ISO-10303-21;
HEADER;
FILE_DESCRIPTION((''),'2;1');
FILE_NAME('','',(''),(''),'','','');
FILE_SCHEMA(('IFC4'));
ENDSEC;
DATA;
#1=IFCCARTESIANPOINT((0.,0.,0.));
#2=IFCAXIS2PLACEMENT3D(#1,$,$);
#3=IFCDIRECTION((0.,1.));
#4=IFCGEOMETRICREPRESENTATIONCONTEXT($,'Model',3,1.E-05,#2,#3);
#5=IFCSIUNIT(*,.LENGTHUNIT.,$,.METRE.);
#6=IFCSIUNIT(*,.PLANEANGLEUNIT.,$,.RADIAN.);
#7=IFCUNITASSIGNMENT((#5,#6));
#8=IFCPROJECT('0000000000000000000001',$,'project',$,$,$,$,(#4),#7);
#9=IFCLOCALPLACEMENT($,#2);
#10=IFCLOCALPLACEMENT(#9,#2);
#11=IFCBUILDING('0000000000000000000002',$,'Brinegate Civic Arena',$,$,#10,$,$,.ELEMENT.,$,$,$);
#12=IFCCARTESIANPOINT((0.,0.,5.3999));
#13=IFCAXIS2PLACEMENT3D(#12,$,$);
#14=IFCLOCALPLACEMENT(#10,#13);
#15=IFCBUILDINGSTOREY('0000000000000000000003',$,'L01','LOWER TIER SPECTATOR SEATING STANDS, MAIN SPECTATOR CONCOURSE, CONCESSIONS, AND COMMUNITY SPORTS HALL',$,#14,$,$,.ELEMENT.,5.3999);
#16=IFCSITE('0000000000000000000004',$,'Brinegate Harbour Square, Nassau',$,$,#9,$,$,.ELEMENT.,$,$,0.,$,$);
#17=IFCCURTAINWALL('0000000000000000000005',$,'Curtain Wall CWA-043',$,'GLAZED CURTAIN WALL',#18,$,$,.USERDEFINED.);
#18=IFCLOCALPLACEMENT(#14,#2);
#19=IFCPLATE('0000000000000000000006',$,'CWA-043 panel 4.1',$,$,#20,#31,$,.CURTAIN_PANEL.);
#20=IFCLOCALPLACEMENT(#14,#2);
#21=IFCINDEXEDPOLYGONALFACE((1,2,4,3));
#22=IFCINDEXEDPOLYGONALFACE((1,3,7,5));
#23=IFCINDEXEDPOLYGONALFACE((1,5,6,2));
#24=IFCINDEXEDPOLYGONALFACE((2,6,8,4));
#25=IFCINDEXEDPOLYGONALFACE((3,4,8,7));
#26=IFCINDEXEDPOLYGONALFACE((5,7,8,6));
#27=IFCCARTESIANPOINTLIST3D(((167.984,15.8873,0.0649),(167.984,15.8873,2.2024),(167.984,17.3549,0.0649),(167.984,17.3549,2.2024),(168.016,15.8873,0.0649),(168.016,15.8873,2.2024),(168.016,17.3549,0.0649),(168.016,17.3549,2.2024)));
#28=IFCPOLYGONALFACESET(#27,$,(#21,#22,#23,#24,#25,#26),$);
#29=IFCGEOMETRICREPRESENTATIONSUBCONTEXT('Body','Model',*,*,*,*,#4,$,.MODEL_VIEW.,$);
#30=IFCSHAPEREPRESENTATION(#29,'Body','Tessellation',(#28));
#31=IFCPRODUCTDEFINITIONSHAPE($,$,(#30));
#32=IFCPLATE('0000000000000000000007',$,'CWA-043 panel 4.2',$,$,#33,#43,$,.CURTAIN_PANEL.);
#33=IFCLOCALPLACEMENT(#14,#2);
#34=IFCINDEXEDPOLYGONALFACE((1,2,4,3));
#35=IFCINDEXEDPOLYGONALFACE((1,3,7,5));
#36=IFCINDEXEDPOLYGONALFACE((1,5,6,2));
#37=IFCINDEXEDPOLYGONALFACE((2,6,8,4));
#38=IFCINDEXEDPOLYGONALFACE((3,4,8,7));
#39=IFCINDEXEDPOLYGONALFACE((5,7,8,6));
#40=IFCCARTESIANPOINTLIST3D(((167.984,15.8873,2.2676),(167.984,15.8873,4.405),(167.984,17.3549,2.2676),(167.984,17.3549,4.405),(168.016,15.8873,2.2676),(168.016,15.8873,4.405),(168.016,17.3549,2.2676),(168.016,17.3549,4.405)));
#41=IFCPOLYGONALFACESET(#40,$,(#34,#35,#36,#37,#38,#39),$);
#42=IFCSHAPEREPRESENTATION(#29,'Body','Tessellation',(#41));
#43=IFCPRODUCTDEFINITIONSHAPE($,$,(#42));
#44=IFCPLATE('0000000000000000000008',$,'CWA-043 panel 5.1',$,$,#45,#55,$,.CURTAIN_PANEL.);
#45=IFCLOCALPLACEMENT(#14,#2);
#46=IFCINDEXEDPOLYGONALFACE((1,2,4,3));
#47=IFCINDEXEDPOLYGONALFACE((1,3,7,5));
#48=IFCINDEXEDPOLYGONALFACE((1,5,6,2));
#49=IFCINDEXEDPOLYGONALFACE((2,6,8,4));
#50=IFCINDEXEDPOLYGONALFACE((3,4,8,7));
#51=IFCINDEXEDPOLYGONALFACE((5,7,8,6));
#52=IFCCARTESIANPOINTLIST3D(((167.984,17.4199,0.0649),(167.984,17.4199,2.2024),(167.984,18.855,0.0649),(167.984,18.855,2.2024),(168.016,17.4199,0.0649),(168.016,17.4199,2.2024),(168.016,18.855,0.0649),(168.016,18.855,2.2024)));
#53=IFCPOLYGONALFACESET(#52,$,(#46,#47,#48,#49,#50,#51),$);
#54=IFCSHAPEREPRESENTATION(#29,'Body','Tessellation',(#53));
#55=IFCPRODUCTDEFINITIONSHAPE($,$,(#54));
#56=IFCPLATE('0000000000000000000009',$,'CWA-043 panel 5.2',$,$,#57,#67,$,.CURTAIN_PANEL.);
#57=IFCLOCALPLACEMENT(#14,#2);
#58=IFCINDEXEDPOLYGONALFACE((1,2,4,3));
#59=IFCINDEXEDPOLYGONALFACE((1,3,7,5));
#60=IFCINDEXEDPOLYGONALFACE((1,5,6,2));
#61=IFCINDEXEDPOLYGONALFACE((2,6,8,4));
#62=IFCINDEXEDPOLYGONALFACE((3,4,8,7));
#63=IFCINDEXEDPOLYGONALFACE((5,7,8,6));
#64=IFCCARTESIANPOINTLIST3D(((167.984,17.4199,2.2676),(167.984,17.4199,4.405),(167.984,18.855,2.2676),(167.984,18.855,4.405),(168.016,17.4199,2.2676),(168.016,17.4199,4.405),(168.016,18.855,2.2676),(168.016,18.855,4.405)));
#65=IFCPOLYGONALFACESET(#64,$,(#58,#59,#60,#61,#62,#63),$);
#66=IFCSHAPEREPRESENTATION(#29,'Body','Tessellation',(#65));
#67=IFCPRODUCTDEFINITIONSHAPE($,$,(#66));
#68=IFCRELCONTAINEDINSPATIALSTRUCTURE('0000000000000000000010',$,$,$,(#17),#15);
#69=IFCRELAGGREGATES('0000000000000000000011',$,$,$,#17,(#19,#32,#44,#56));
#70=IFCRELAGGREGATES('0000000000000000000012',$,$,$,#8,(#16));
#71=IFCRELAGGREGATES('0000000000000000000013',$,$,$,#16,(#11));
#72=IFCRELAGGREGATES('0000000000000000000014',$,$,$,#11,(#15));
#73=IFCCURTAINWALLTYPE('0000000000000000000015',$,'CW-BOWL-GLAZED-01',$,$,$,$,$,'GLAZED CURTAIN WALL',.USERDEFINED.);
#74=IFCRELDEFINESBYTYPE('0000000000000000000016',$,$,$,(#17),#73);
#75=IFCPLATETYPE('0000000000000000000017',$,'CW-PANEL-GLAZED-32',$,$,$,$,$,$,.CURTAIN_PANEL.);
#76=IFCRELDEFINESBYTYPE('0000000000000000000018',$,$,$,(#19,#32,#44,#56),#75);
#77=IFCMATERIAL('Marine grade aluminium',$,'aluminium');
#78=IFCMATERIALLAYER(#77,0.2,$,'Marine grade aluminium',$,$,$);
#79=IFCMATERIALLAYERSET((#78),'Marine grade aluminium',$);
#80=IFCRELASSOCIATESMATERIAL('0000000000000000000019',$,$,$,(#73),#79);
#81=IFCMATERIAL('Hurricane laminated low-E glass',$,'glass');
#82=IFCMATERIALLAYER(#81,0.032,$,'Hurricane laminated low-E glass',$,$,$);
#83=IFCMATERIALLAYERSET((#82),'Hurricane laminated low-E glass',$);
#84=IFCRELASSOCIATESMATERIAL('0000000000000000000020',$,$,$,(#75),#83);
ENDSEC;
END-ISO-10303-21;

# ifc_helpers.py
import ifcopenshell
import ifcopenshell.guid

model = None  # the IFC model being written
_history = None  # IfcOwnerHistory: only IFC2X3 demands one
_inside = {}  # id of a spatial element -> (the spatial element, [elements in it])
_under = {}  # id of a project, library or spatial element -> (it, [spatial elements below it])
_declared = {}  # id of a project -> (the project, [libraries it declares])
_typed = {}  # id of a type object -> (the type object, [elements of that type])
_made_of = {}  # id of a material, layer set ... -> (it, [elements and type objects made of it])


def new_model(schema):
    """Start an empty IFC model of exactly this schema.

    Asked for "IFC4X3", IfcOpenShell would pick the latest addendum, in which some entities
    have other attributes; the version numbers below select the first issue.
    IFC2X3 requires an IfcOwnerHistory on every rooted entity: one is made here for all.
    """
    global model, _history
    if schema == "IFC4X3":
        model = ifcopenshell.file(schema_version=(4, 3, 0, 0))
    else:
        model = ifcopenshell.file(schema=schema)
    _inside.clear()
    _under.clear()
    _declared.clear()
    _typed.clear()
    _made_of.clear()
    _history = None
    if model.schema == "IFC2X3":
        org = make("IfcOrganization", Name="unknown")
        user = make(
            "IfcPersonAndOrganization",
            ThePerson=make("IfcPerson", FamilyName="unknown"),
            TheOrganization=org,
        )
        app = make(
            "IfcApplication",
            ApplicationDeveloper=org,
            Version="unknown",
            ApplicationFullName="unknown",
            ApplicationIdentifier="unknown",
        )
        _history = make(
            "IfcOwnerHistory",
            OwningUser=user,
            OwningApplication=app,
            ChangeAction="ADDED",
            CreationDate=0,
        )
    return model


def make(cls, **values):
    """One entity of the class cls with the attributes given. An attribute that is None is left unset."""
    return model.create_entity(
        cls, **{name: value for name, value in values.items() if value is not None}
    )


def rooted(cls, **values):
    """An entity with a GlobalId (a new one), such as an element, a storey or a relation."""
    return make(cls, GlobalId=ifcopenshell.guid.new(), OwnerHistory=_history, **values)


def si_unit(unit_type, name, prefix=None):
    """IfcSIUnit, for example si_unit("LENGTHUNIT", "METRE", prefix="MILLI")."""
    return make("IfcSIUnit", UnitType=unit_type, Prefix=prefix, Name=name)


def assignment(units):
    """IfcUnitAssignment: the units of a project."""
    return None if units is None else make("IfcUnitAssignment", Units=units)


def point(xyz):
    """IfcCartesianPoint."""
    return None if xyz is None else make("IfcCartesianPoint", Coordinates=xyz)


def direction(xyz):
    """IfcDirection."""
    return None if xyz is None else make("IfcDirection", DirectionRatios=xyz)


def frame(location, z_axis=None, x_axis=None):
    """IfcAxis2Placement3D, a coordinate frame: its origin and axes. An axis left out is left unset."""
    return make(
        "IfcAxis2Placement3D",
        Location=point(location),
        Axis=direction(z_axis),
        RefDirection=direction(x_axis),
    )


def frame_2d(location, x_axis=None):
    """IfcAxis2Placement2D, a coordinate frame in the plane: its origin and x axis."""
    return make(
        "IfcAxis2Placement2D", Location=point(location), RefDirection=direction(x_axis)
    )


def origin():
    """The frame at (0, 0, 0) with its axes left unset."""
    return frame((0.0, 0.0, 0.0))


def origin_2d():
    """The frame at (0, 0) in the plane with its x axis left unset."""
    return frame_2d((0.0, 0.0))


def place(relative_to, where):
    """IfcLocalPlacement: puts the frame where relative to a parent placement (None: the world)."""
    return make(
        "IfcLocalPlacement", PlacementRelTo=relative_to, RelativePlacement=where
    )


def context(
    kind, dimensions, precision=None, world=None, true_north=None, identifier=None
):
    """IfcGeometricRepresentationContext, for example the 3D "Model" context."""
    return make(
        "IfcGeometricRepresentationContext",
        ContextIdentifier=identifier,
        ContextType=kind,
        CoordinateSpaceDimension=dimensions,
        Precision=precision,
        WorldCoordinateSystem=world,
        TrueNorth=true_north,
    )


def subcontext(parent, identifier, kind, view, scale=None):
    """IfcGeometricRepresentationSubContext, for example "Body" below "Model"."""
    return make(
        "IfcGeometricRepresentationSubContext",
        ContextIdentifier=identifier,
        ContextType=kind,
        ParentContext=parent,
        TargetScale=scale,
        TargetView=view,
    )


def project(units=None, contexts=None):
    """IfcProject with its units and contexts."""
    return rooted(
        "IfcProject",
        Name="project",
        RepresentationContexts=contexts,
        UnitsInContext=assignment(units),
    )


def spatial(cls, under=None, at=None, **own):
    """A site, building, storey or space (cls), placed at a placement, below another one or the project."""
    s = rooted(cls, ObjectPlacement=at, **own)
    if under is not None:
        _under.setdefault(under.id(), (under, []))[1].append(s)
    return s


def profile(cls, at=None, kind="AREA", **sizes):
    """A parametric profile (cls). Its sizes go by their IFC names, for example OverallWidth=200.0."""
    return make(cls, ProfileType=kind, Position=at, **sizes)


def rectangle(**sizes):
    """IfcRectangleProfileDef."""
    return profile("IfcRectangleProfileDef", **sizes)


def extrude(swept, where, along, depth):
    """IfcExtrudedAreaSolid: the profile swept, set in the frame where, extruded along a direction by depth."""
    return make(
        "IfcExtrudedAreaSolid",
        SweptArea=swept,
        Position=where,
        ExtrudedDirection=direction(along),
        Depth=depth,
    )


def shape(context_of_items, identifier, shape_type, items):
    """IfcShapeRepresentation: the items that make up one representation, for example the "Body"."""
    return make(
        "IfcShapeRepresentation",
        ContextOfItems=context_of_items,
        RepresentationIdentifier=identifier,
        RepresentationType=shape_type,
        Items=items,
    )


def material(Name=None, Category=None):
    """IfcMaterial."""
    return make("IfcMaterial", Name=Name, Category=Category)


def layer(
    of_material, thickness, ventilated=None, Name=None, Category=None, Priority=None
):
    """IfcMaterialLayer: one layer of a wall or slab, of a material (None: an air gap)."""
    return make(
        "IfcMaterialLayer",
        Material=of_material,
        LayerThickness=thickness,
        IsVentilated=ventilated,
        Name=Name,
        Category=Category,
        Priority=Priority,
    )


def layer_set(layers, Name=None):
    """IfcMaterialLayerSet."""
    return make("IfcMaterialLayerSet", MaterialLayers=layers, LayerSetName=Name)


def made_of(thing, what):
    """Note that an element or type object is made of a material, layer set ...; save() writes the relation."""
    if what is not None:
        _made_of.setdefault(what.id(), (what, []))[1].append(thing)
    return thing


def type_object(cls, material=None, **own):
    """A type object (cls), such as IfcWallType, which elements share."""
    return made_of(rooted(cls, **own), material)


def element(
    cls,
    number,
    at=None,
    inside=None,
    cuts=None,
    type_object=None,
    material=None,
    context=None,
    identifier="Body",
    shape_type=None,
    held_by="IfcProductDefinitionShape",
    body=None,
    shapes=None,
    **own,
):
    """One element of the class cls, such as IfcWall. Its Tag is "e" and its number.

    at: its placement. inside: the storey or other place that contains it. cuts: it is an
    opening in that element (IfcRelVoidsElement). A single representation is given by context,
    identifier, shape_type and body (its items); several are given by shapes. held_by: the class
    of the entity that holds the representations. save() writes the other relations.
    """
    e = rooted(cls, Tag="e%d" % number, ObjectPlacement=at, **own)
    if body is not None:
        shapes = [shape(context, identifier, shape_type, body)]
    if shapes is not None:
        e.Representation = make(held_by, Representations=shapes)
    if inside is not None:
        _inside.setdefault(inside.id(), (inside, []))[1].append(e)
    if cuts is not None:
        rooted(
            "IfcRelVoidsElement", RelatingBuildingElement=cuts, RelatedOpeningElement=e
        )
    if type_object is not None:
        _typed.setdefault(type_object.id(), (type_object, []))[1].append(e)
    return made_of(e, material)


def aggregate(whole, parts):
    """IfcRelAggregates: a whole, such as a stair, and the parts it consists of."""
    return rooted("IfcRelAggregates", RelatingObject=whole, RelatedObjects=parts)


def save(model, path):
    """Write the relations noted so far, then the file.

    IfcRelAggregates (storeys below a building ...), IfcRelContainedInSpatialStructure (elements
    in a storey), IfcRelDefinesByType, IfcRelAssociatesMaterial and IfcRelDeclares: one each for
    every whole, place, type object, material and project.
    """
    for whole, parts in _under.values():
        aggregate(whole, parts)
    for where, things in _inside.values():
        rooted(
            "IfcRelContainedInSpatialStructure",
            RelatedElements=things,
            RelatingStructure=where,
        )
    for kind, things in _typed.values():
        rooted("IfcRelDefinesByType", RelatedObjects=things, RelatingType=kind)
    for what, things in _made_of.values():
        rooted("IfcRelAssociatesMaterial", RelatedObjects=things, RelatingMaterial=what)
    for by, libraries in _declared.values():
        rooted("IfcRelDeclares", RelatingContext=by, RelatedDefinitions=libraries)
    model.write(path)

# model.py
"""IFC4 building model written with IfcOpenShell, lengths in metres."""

from ifc_helpers import new_model, si_unit, direction, frame, origin, origin_2d, place, context, subcontext, project, spatial, rectangle, extrude, material, layer, layer_set, type_object, element, aggregate, save


model = new_model("IFC4")

# Units and contexts
model_context = context("Model", 3, precision=1e-05, world=origin(), true_north=direction((0.0, 1.0)))
body_context = subcontext(model_context, "Body", "Model", "MODEL_VIEW")
ifc_project = project(units=[si_unit("LENGTHUNIT", "METRE"), si_unit("PLANEANGLEUNIT", "RADIAN")], contexts=[model_context])

# Site, building, storey
site_placement = place(None, origin())
site = spatial("IfcSite", under=ifc_project, at=site_placement, Name="Brinegate Harbour Square, Nassau", CompositionType="ELEMENT", RefElevation=0.0)
building_placement = place(site_placement, origin())
building = spatial("IfcBuilding", under=site, at=building_placement, Name="Brinegate Civic Arena", CompositionType="ELEMENT")
storey_placement = place(building_placement, frame((0.0, 0.0, 5.3999)))
storey = spatial("IfcBuildingStorey", under=building, at=storey_placement, Name="L01", Description="LOWER TIER SPECTATOR SEATING STANDS, MAIN SPECTATOR CONCOURSE, CONCESSIONS, AND COMMUNITY SPORTS HALL", CompositionType="ELEMENT", Elevation=5.3999)

# Curtain wall, plates
ifc_material_1 = material(Name="Marine grade aluminium", Category="aluminium")
ifc_layer_1 = layer(ifc_material_1, 0.2, Name="Marine grade aluminium")
ifc_layer_set_1 = layer_set([ifc_layer_1], Name="Marine grade aluminium")
curtain_wall_type = type_object("IfcCurtainWallType", Name="CW-BOWL-GLAZED-01", ElementType="GLAZED CURTAIN WALL", PredefinedType="USERDEFINED", material=ifc_layer_set_1)
curtain_wall_placement = place(storey_placement, origin())
curtain_wall = element("IfcCurtainWall", 1, at=curtain_wall_placement, inside=storey, type_object=curtain_wall_type, Name="Curtain Wall CWA-043", ObjectType="GLAZED CURTAIN WALL", PredefinedType="USERDEFINED")
ifc_material_2 = material(Name="Hurricane laminated low-E glass", Category="glass")
ifc_layer_2 = layer(ifc_material_2, 0.032, Name="Hurricane laminated low-E glass")
ifc_layer_set_2 = layer_set([ifc_layer_2], Name="Hurricane laminated low-E glass")
plate_type = type_object("IfcPlateType", Name="CW-PANEL-GLAZED-32", PredefinedType="CURTAIN_PANEL", material=ifc_layer_set_2)
plate_1_placement = place(storey_placement, frame((168.0, 16.6211, 0.0649), z_axis=(0.0, 0.0, 1.0), x_axis=(0.0, 1.0, 0.0)))
plate_1 = element("IfcPlate", 2, at=plate_1_placement, type_object=plate_type, Name="CWA-043 panel 4.1", PredefinedType="CURTAIN_PANEL", context=body_context, shape_type="SweptSolid", body=[
    extrude(rectangle(XDim=1.4675, YDim=0.032, at=origin_2d()), origin(), (0.0, 0.0, 1.0), 2.1375),
])
plate_2_placement = place(storey_placement, frame((168.0, 16.6211, 2.2676), z_axis=(0.0, 0.0, 1.0), x_axis=(0.0, 1.0, 0.0)))
plate_2 = element("IfcPlate", 3, at=plate_2_placement, type_object=plate_type, Name="CWA-043 panel 4.2", PredefinedType="CURTAIN_PANEL", context=body_context, shape_type="SweptSolid", body=[
    extrude(rectangle(XDim=1.4675, YDim=0.032, at=origin_2d()), origin(), (0.0, 0.0, 1.0), 2.1375),
])
plate_3_placement = place(storey_placement, frame((168.0, 18.1375, 0.0649), z_axis=(0.0, 0.0, 1.0), x_axis=(0.0, 1.0, 0.0)))
plate_3 = element("IfcPlate", 4, at=plate_3_placement, type_object=plate_type, Name="CWA-043 panel 5.1", PredefinedType="CURTAIN_PANEL", context=body_context, shape_type="SweptSolid", body=[
    extrude(rectangle(XDim=1.4351, YDim=0.032, at=origin_2d()), origin(), (0.0, 0.0, 1.0), 2.1375),
])
plate_4_placement = place(storey_placement, frame((168.0, 18.1375, 2.2676), z_axis=(0.0, 0.0, 1.0), x_axis=(0.0, 1.0, 0.0)))
plate_4 = element("IfcPlate", 5, at=plate_4_placement, type_object=plate_type, Name="CWA-043 panel 5.2", PredefinedType="CURTAIN_PANEL", context=body_context, shape_type="SweptSolid", body=[
    extrude(rectangle(XDim=1.4351, YDim=0.032, at=origin_2d()), origin(), (0.0, 0.0, 1.0), 2.1375),
])
aggregate(curtain_wall, [plate_1, plate_2, plate_3, plate_4])

save(model, "model.ifc")
